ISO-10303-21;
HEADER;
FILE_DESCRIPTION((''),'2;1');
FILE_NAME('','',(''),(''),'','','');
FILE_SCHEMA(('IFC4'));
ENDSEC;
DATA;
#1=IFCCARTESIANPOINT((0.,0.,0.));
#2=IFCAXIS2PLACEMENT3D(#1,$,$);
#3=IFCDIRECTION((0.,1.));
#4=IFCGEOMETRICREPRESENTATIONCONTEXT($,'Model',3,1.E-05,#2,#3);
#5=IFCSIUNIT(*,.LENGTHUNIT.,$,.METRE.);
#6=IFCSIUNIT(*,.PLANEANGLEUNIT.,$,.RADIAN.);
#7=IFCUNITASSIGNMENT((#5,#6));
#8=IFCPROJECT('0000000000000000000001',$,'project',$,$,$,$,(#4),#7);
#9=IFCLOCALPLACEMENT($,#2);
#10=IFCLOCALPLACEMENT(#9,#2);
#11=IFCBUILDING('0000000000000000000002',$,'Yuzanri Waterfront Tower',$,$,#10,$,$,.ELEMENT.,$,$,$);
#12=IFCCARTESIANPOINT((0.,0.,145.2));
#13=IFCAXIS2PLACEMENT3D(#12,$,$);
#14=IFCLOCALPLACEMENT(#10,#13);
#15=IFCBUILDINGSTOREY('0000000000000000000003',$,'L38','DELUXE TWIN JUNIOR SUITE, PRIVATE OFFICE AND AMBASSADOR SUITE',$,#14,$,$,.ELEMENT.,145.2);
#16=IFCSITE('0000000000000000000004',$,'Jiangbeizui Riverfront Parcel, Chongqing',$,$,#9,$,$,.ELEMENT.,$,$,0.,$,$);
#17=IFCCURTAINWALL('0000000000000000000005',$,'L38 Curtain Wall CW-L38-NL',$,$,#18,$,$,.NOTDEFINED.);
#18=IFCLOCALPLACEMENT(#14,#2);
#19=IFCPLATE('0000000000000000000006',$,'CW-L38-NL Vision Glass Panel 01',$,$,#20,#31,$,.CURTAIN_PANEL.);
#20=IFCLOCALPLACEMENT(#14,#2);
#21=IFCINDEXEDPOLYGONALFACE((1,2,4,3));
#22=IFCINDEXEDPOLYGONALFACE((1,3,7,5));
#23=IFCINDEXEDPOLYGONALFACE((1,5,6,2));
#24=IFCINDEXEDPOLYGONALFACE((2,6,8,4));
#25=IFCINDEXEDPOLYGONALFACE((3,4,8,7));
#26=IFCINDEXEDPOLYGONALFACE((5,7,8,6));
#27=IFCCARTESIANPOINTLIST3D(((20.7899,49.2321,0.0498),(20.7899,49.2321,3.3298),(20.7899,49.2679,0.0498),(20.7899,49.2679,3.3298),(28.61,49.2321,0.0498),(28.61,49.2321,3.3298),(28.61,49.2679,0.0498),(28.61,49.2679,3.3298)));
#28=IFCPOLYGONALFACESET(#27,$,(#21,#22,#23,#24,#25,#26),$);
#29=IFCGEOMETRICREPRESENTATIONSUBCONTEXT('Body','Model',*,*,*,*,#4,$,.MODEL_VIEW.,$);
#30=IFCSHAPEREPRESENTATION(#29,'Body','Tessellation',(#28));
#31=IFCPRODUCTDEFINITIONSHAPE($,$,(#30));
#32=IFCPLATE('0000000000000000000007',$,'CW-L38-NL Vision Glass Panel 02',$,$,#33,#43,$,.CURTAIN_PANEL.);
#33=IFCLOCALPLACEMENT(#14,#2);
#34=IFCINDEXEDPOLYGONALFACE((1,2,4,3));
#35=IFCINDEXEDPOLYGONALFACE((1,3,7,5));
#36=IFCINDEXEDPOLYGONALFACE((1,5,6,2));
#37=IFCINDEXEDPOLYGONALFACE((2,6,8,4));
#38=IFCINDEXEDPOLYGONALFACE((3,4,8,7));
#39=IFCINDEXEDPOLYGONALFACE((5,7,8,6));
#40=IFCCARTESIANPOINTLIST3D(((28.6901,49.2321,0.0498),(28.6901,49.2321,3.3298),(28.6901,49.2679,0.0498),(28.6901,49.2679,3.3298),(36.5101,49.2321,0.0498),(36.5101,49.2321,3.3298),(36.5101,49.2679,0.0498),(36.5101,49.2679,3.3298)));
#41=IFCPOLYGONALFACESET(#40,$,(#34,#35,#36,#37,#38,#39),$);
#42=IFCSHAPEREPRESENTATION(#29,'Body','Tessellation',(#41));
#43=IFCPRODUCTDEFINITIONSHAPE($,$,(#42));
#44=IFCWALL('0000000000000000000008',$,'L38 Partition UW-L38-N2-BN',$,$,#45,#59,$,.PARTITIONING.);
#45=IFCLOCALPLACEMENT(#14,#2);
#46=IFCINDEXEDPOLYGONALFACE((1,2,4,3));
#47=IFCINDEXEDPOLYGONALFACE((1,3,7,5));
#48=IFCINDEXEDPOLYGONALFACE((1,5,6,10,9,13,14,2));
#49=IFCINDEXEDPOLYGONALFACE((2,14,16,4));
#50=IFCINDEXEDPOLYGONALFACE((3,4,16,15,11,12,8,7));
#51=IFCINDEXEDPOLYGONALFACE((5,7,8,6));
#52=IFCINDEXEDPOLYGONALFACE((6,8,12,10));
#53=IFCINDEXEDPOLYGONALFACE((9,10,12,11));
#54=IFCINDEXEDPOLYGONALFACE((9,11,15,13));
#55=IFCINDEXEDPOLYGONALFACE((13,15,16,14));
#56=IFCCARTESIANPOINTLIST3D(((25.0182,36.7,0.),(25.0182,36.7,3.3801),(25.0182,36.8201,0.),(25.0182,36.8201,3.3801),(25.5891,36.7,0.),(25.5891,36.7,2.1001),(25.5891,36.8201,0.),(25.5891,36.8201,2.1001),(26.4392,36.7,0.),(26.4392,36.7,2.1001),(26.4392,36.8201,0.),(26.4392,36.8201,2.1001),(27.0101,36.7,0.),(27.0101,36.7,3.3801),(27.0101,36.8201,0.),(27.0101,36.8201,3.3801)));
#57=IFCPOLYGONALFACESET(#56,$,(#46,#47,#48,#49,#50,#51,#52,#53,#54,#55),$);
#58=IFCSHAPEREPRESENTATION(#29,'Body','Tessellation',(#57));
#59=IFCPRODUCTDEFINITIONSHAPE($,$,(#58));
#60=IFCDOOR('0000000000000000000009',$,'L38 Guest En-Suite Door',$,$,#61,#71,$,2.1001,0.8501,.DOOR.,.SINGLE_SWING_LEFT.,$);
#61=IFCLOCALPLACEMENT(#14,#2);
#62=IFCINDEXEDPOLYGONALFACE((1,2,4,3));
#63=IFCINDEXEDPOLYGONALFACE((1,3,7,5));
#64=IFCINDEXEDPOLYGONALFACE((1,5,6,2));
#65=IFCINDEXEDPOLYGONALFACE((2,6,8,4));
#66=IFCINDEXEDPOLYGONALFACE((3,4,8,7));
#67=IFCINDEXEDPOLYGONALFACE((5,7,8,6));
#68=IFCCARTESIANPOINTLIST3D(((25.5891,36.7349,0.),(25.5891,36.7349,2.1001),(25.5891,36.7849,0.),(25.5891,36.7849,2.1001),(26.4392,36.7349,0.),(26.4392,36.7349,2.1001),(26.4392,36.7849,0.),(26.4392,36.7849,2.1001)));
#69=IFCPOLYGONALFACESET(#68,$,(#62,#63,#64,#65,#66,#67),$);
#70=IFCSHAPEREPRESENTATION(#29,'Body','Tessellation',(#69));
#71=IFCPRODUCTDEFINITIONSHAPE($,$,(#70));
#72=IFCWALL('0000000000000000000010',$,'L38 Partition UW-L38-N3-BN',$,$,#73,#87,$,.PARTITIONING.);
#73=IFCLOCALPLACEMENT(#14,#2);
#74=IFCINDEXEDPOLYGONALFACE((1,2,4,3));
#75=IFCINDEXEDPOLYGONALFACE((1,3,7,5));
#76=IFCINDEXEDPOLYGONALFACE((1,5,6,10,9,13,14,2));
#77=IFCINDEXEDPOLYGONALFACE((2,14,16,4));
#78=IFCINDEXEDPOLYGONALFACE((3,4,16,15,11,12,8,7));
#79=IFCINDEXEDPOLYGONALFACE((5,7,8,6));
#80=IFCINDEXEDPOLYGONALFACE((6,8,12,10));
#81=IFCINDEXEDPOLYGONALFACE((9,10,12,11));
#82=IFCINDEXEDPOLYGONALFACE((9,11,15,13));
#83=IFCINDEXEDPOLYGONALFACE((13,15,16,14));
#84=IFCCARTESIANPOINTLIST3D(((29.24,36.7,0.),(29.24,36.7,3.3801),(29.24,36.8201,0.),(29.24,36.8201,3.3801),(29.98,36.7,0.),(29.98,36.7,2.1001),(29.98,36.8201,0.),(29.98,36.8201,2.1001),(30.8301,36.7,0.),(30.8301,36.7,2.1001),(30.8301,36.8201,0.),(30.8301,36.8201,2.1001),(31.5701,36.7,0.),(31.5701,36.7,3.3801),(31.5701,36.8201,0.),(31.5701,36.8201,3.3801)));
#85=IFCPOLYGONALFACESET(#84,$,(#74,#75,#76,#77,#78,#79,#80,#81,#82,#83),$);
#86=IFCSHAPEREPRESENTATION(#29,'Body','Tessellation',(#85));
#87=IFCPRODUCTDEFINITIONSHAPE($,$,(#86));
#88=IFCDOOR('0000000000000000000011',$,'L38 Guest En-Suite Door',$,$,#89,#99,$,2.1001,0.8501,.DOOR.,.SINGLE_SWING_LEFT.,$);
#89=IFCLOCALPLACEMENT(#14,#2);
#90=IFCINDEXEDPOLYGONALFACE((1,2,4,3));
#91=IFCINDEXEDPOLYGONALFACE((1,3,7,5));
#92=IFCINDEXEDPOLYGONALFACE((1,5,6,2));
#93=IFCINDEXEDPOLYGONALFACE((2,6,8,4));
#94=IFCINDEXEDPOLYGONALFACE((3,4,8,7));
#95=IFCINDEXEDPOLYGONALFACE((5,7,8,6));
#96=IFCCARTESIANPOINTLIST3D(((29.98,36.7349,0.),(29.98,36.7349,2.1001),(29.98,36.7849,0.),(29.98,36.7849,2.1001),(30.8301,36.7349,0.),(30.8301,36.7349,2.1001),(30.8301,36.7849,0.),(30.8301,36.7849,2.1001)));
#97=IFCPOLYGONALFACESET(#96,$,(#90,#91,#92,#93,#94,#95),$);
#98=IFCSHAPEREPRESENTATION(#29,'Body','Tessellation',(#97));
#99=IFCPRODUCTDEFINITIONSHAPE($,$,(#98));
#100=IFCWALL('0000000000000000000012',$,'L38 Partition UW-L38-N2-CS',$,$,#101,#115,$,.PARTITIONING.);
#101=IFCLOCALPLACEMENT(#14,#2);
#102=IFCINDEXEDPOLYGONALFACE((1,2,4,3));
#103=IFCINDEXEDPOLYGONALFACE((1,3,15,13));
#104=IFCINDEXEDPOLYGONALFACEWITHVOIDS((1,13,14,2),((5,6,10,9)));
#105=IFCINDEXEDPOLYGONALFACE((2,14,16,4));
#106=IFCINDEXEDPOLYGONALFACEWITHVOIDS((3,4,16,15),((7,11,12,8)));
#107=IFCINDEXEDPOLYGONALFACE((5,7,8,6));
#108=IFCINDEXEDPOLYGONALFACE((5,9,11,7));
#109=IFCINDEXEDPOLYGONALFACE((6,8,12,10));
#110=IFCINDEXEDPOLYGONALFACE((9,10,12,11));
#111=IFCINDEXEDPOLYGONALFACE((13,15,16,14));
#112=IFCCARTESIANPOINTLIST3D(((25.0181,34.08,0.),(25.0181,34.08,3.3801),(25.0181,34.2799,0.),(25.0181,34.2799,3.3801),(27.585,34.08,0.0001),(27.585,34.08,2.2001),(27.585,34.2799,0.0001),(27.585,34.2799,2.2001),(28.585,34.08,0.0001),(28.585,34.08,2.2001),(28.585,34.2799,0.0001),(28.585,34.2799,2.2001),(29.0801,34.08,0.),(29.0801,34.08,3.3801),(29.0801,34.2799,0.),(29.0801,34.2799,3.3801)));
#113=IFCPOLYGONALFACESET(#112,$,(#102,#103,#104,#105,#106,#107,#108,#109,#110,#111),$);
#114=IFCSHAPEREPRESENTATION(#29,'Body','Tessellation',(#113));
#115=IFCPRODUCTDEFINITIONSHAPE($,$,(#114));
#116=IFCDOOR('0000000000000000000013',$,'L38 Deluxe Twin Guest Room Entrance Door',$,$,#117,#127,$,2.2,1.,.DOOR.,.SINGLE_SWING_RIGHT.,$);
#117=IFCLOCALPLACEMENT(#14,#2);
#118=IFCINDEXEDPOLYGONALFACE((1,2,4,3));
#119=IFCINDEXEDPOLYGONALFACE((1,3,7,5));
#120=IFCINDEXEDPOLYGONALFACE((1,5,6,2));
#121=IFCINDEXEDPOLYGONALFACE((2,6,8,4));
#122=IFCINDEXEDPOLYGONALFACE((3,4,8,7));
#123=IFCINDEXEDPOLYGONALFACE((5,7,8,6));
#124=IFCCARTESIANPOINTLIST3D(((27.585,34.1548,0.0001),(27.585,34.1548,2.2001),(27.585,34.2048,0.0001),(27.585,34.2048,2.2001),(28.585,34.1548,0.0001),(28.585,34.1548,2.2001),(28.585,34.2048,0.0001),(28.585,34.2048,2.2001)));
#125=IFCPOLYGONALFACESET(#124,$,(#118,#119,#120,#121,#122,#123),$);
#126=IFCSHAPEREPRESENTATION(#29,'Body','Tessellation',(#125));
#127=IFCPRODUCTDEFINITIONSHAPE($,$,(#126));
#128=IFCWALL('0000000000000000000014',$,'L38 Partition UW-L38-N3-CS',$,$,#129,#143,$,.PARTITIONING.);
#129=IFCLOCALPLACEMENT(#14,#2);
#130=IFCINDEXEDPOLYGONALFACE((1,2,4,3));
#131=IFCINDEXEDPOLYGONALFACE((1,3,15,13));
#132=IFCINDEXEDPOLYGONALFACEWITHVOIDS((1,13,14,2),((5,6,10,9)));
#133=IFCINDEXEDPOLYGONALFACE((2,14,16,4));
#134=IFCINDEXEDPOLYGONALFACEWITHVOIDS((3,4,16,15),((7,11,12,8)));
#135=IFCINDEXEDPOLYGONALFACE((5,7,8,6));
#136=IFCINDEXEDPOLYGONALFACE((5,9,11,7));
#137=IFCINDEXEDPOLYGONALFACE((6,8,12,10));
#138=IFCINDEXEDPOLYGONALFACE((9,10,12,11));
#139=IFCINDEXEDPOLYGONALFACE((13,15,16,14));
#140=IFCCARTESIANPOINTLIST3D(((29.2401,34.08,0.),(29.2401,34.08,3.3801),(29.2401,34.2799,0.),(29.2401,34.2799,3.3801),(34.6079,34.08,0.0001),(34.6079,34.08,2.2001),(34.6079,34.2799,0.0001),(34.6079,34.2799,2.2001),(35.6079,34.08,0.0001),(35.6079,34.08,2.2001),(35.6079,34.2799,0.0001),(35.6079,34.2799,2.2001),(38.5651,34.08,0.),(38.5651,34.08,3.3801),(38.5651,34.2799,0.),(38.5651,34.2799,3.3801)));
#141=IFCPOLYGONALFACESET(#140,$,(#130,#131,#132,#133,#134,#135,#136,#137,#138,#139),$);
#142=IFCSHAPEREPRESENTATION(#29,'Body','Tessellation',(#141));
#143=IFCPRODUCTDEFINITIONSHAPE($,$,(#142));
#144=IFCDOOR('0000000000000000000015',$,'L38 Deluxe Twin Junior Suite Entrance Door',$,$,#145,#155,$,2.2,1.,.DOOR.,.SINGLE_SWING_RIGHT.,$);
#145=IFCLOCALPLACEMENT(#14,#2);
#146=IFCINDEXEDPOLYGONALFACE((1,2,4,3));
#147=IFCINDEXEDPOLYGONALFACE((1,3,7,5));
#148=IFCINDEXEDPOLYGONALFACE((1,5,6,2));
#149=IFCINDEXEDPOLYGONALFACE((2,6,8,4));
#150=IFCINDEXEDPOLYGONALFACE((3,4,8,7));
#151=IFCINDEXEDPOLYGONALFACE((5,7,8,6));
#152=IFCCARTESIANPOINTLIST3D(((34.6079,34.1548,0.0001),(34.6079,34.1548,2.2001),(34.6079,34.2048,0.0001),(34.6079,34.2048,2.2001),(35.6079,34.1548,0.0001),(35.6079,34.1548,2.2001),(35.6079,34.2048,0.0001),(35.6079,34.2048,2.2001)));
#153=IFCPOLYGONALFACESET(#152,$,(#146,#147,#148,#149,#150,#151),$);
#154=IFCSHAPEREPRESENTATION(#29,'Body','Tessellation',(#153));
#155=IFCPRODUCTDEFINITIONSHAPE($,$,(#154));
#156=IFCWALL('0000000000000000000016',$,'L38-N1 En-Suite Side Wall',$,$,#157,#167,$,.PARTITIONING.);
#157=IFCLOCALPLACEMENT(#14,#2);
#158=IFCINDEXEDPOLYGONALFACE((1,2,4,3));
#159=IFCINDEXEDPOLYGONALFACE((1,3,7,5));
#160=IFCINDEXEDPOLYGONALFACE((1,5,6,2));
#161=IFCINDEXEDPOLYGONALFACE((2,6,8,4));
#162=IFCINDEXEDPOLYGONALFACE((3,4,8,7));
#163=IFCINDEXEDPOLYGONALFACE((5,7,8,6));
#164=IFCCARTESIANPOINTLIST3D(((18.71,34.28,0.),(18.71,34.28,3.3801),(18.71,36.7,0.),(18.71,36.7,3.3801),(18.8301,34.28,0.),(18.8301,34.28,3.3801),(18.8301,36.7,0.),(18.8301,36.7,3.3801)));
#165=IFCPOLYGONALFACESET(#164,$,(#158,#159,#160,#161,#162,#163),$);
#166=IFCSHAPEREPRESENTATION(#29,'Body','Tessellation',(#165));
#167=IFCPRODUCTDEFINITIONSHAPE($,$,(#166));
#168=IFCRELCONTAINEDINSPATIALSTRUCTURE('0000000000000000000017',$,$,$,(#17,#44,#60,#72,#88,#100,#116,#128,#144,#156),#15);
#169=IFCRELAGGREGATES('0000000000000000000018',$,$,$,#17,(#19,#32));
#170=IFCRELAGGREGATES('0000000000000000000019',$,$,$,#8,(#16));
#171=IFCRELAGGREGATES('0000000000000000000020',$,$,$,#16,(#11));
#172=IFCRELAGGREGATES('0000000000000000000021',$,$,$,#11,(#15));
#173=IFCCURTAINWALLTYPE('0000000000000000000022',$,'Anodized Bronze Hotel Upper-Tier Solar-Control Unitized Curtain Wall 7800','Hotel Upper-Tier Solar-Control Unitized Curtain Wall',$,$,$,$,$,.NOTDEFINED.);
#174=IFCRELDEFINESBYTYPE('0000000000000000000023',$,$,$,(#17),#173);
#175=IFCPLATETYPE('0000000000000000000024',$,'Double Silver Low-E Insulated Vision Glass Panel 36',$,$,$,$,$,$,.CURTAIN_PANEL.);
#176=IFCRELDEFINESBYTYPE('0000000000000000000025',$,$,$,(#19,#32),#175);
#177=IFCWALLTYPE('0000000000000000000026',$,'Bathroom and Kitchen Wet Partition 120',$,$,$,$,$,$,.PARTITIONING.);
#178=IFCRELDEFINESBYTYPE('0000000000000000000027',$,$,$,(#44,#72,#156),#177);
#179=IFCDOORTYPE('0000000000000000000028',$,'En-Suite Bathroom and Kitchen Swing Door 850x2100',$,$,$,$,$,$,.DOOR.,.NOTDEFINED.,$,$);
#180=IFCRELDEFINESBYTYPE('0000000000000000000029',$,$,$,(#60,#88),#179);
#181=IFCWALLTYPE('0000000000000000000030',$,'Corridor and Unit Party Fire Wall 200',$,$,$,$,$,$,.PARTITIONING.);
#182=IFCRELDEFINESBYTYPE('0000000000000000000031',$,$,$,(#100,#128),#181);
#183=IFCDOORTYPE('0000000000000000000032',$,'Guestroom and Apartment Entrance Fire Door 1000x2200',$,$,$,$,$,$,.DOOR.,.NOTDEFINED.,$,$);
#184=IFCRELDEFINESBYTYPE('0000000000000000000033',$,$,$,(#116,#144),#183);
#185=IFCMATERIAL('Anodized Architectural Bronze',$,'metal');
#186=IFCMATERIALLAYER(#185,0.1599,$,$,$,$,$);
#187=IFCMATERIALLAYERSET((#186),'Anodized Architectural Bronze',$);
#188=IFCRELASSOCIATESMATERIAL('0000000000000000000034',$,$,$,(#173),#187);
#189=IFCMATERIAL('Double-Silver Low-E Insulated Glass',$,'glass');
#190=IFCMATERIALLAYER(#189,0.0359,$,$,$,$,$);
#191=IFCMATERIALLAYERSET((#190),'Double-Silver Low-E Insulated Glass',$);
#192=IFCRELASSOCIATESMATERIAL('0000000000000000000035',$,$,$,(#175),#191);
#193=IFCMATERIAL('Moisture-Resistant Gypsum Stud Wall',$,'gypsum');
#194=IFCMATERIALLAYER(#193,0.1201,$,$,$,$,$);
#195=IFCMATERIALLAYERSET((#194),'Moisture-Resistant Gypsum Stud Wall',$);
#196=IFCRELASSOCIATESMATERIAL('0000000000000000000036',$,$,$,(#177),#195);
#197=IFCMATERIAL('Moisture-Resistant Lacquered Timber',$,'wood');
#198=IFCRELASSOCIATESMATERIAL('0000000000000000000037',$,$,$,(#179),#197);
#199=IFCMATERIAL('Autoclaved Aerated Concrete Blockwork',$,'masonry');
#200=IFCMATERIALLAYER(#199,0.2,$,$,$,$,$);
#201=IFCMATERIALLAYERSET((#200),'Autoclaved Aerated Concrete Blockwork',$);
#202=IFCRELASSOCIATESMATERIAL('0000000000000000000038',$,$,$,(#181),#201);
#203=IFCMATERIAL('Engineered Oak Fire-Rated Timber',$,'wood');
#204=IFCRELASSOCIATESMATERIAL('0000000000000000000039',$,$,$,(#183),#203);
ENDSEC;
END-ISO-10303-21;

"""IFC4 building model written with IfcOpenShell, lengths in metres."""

from ifc_helpers import new_model, si_unit, direction, frame, frame_2d, origin, origin_2d, place, context, subcontext, project, spatial, rectangle, extrude, source, transform, mapped, material, layer, layer_set, type_object, element, fill, aggregate, save


model = new_model("IFC4")

# Units and contexts
model_context = context("Model", 3, precision=1e-05, world=origin(), true_north=direction((0.0, 1.0)))
body_context = subcontext(model_context, "Body", "Model", "MODEL_VIEW")
ifc_project = project(units=[si_unit("LENGTHUNIT", "METRE"), si_unit("PLANEANGLEUNIT", "RADIAN")], contexts=[model_context])

# Site, building, storey
site_placement = place(None, origin())
site = spatial("IfcSite", under=ifc_project, at=site_placement, Name="Jiangbeizui Riverfront Parcel, Chongqing", CompositionType="ELEMENT", RefElevation=0.0)
building_placement = place(site_placement, origin())
building = spatial("IfcBuilding", under=site, at=building_placement, Name="Yuzanri Waterfront Tower", CompositionType="ELEMENT")
storey_placement = place(building_placement, frame((0.0, 0.0, 145.2)))
storey = spatial("IfcBuildingStorey", under=building, at=storey_placement, Name="L38", Description="DELUXE TWIN JUNIOR SUITE, PRIVATE OFFICE AND AMBASSADOR SUITE", CompositionType="ELEMENT", Elevation=145.2)

# Curtain wall, plates
ifc_material_1 = material(Name="Anodized Architectural Bronze", Category="metal")
ifc_layer_1 = layer(ifc_material_1, 0.1599)
ifc_layer_set_1 = layer_set([ifc_layer_1], Name="Anodized Architectural Bronze")
curtain_wall_type = type_object("IfcCurtainWallType", Name="Anodized Bronze Hotel Upper-Tier Solar-Control Unitized Curtain Wall 7800", Description="Hotel Upper-Tier Solar-Control Unitized Curtain Wall", PredefinedType="NOTDEFINED", material=ifc_layer_set_1)
curtain_wall_placement = place(storey_placement, origin())
curtain_wall = element("IfcCurtainWall", 1, at=curtain_wall_placement, inside=storey, type_object=curtain_wall_type, Name="L38 Curtain Wall CW-L38-NL", PredefinedType="NOTDEFINED")
ifc_material_2 = material(Name="Double-Silver Low-E Insulated Glass", Category="glass")
ifc_layer_2 = layer(ifc_material_2, 0.0359)
ifc_layer_set_2 = layer_set([ifc_layer_2], Name="Double-Silver Low-E Insulated Glass")
plate_type = type_object("IfcPlateType", Name="Double Silver Low-E Insulated Vision Glass Panel 36", PredefinedType="CURTAIN_PANEL", material=ifc_layer_set_2)
shared_shape_1 = source(origin(), body_context, "Body", "SweptSolid", [
    extrude(rectangle(XDim=7.8201, YDim=0.0359, at=origin_2d()), origin(), (0.0, 0.0, 1.0), 3.28),
])
plate_1_placement = place(storey_placement, frame((24.7, 49.25, 0.0498), z_axis=(0.0, 0.0, 1.0), x_axis=(1.0, 0.0, 0.0)))
plate_1 = element("IfcPlate", 2, at=plate_1_placement, type_object=plate_type, Name="CW-L38-NL Vision Glass Panel 01", PredefinedType="CURTAIN_PANEL", context=body_context, shape_type="MappedRepresentation", body=[
    mapped(shared_shape_1, transform((0.0, 0.0, 0.0), scale=1.0)),
])
plate_2_placement = place(storey_placement, frame((32.6001, 49.25, 0.0498), z_axis=(0.0, 0.0, 1.0), x_axis=(1.0, 0.0, 0.0)))
plate_2 = element("IfcPlate", 3, at=plate_2_placement, type_object=plate_type, Name="CW-L38-NL Vision Glass Panel 02", PredefinedType="CURTAIN_PANEL", context=body_context, shape_type="MappedRepresentation", body=[
    mapped(shared_shape_1, transform((0.0, 0.0, 0.0), scale=1.0)),
])
aggregate(curtain_wall, [plate_1, plate_2])

# Walls, openings, doors
ifc_material_3 = material(Name="Moisture-Resistant Gypsum Stud Wall", Category="gypsum")
ifc_layer_3 = layer(ifc_material_3, 0.1201)
ifc_layer_set_3 = layer_set([ifc_layer_3], Name="Moisture-Resistant Gypsum Stud Wall")
wall_type_1 = type_object("IfcWallType", Name="Bathroom and Kitchen Wet Partition 120", PredefinedType="PARTITIONING", material=ifc_layer_set_3)
wall_1_placement = place(storey_placement, frame((25.0181, 36.76, 0.0), z_axis=(0.0, 0.0, 1.0), x_axis=(1.0, 0.0, 0.0)))
wall_1 = element("IfcWall", 4, at=wall_1_placement, inside=storey, type_object=wall_type_1, Name="L38 Partition UW-L38-N2-BN", PredefinedType="PARTITIONING", context=body_context, shape_type="SweptSolid", body=[
    extrude(rectangle(XDim=1.9919, YDim=0.1201, at=frame_2d((0.9961, 0.0))), origin(), (0.0, 0.0, 1.0), 3.3801),
])
opening_1_placement = place(wall_1_placement, frame((0.571, 0.0, 0.0)))
opening_1 = element("IfcOpeningElement", 5, at=opening_1_placement, cuts=wall_1, PredefinedType="OPENING", context=body_context, shape_type="SweptSolid", body=[
    extrude(rectangle(XDim=0.8501, YDim=2.1001, at=frame_2d((0.425, 1.05))), frame((0.0, 0.075, 0.0), z_axis=(0.0, -1.0, 0.0), x_axis=(1.0, 0.0, 0.0)), (0.0, 0.0, 1.0), 0.1499),
])
ifc_material_4 = material(Name="Moisture-Resistant Lacquered Timber", Category="wood")
door_type_1 = type_object("IfcDoorType", Name="En-Suite Bathroom and Kitchen Swing Door 850x2100", OperationType="NOTDEFINED", PredefinedType="DOOR", material=ifc_material_4)
shared_shape_2 = source(origin(), body_context, "Body", "SweptSolid", [
    extrude(rectangle(XDim=0.8501, YDim=2.1001, at=frame_2d((0.425, 1.05))), frame((0.0, 0.0249, 0.0), z_axis=(0.0, -1.0, 0.0), x_axis=(1.0, 0.0, 0.0)), (0.0, 0.0, 1.0), 0.05),
])
door_1_placement = place(opening_1_placement, origin())
door_1 = element("IfcDoor", 6, at=door_1_placement, inside=storey, type_object=door_type_1, Name="L38 Guest En-Suite Door", OperationType="SINGLE_SWING_LEFT", OverallHeight=2.1001, OverallWidth=0.8501, PredefinedType="DOOR", context=body_context, shape_type="MappedRepresentation", body=[
    mapped(shared_shape_2, transform((0.0, 0.0, 0.0), scale=1.0)),
])
fill(opening_1, door_1)
wall_2_placement = place(storey_placement, frame((29.24, 36.76, 0.0), z_axis=(0.0, 0.0, 1.0), x_axis=(1.0, 0.0, 0.0)))
wall_2 = element("IfcWall", 7, at=wall_2_placement, inside=storey, type_object=wall_type_1, Name="L38 Partition UW-L38-N3-BN", PredefinedType="PARTITIONING", context=body_context, shape_type="SweptSolid", body=[
    extrude(rectangle(XDim=2.3301, YDim=0.1201, at=frame_2d((1.165, 0.0))), origin(), (0.0, 0.0, 1.0), 3.3801),
])
opening_2_placement = place(wall_2_placement, frame((0.74, 0.0, 0.0)))
opening_2 = element("IfcOpeningElement", 8, at=opening_2_placement, cuts=wall_2, PredefinedType="OPENING", context=body_context, shape_type="SweptSolid", body=[
    extrude(rectangle(XDim=0.8501, YDim=2.1001, at=frame_2d((0.425, 1.05))), frame((0.0, 0.075, 0.0), z_axis=(0.0, -1.0, 0.0), x_axis=(1.0, 0.0, 0.0)), (0.0, 0.0, 1.0), 0.1499),
])
door_2_placement = place(opening_2_placement, origin())
door_2 = element("IfcDoor", 9, at=door_2_placement, inside=storey, type_object=door_type_1, Name="L38 Guest En-Suite Door", OperationType="SINGLE_SWING_LEFT", OverallHeight=2.1001, OverallWidth=0.8501, PredefinedType="DOOR", context=body_context, shape_type="MappedRepresentation", body=[
    mapped(shared_shape_2, transform((0.0, 0.0, 0.0), scale=1.0)),
])
fill(opening_2, door_2)
ifc_material_5 = material(Name="Autoclaved Aerated Concrete Blockwork", Category="masonry")
ifc_layer_4 = layer(ifc_material_5, 0.2)
ifc_layer_set_4 = layer_set([ifc_layer_4], Name="Autoclaved Aerated Concrete Blockwork")
wall_type_2 = type_object("IfcWallType", Name="Corridor and Unit Party Fire Wall 200", PredefinedType="PARTITIONING", material=ifc_layer_set_4)
wall_3_placement = place(storey_placement, frame((25.0181, 34.1799, 0.0), z_axis=(0.0, 0.0, 1.0), x_axis=(1.0, 0.0, 0.0)))
wall_3 = element("IfcWall", 10, at=wall_3_placement, inside=storey, type_object=wall_type_2, Name="L38 Partition UW-L38-N2-CS", PredefinedType="PARTITIONING", context=body_context, shape_type="SweptSolid", body=[
    extrude(rectangle(XDim=4.062, YDim=0.2, at=frame_2d((2.031, 0.0))), origin(), (0.0, 0.0, 1.0), 3.3801),
])
opening_3_placement = place(wall_3_placement, frame((2.5669, 0.0, 0.0)))
opening_3 = element("IfcOpeningElement", 11, at=opening_3_placement, cuts=wall_3, PredefinedType="OPENING", context=body_context, shape_type="SweptSolid", body=[
    extrude(rectangle(XDim=1.0, YDim=2.2, at=frame_2d((0.5, 1.1001))), frame((0.0, 0.1147, 0.0), z_axis=(0.0, -1.0, 0.0), x_axis=(1.0, 0.0, 0.0)), (0.0, 0.0, 1.0), 0.2297),
])
ifc_material_6 = material(Name="Engineered Oak Fire-Rated Timber", Category="wood")
door_type_2 = type_object("IfcDoorType", Name="Guestroom and Apartment Entrance Fire Door 1000x2200", OperationType="NOTDEFINED", PredefinedType="DOOR", material=ifc_material_6)
shared_shape_3 = source(origin(), body_context, "Body", "SweptSolid", [
    extrude(rectangle(XDim=1.0, YDim=2.2, at=frame_2d((0.5, 1.1001))), frame((0.0, 0.0249, 0.0), z_axis=(0.0, -1.0, 0.0), x_axis=(1.0, 0.0, 0.0)), (0.0, 0.0, 1.0), 0.05),
])
door_3_placement = place(opening_3_placement, origin())
door_3 = element("IfcDoor", 12, at=door_3_placement, inside=storey, type_object=door_type_2, Name="L38 Deluxe Twin Guest Room Entrance Door", OperationType="SINGLE_SWING_RIGHT", OverallHeight=2.2, OverallWidth=1.0, PredefinedType="DOOR", context=body_context, shape_type="MappedRepresentation", body=[
    mapped(shared_shape_3, transform((0.0, 0.0, 0.0), scale=1.0)),
])
fill(opening_3, door_3)
wall_4_placement = place(storey_placement, frame((29.24, 34.1799, 0.0), z_axis=(0.0, 0.0, 1.0), x_axis=(1.0, 0.0, 0.0)))
wall_4 = element("IfcWall", 13, at=wall_4_placement, inside=storey, type_object=wall_type_2, Name="L38 Partition UW-L38-N3-CS", PredefinedType="PARTITIONING", context=body_context, shape_type="SweptSolid", body=[
    extrude(rectangle(XDim=9.325, YDim=0.2, at=frame_2d((4.6626, 0.0))), origin(), (0.0, 0.0, 1.0), 3.3801),
])
opening_4_placement = place(wall_4_placement, frame((5.3679, 0.0, 0.0)))
opening_4 = element("IfcOpeningElement", 14, at=opening_4_placement, cuts=wall_4, PredefinedType="OPENING", context=body_context, shape_type="SweptSolid", body=[
    extrude(rectangle(XDim=1.0, YDim=2.2, at=frame_2d((0.5, 1.1001))), frame((0.0, 0.1147, 0.0), z_axis=(0.0, -1.0, 0.0), x_axis=(1.0, 0.0, 0.0)), (0.0, 0.0, 1.0), 0.2297),
])
door_4_placement = place(opening_4_placement, origin())
door_4 = element("IfcDoor", 15, at=door_4_placement, inside=storey, type_object=door_type_2, Name="L38 Deluxe Twin Junior Suite Entrance Door", OperationType="SINGLE_SWING_RIGHT", OverallHeight=2.2, OverallWidth=1.0, PredefinedType="DOOR", context=body_context, shape_type="MappedRepresentation", body=[
    mapped(shared_shape_3, transform((0.0, 0.0, 0.0), scale=1.0)),
])
fill(opening_4, door_4)

# Wall
shared_shape_4 = source(origin(), body_context, "Body", "SweptSolid", [
    extrude(rectangle(XDim=2.4199, YDim=0.1201, at=frame_2d((1.21, 0.0))), origin(), (0.0, 0.0, 1.0), 3.3801),
])
for number, where, z_axis, x_axis, name in (
    (16, (18.77, 34.28, 0.0), (0.0, 0.0, 1.0), (0.0, 1.0, 0.0), "L38-N1 En-Suite Side Wall"),
):
    element("IfcWall", number, at=place(storey_placement, frame(where, z_axis=z_axis, x_axis=x_axis)), inside=storey, type_object=wall_type_1, Name=name, PredefinedType="PARTITIONING", context=body_context, shape_type="MappedRepresentation", body=[
        mapped(shared_shape_4, transform((0.0, 0.0, 0.0), scale=1.0)),
    ])

save(model, "model.ifc")
